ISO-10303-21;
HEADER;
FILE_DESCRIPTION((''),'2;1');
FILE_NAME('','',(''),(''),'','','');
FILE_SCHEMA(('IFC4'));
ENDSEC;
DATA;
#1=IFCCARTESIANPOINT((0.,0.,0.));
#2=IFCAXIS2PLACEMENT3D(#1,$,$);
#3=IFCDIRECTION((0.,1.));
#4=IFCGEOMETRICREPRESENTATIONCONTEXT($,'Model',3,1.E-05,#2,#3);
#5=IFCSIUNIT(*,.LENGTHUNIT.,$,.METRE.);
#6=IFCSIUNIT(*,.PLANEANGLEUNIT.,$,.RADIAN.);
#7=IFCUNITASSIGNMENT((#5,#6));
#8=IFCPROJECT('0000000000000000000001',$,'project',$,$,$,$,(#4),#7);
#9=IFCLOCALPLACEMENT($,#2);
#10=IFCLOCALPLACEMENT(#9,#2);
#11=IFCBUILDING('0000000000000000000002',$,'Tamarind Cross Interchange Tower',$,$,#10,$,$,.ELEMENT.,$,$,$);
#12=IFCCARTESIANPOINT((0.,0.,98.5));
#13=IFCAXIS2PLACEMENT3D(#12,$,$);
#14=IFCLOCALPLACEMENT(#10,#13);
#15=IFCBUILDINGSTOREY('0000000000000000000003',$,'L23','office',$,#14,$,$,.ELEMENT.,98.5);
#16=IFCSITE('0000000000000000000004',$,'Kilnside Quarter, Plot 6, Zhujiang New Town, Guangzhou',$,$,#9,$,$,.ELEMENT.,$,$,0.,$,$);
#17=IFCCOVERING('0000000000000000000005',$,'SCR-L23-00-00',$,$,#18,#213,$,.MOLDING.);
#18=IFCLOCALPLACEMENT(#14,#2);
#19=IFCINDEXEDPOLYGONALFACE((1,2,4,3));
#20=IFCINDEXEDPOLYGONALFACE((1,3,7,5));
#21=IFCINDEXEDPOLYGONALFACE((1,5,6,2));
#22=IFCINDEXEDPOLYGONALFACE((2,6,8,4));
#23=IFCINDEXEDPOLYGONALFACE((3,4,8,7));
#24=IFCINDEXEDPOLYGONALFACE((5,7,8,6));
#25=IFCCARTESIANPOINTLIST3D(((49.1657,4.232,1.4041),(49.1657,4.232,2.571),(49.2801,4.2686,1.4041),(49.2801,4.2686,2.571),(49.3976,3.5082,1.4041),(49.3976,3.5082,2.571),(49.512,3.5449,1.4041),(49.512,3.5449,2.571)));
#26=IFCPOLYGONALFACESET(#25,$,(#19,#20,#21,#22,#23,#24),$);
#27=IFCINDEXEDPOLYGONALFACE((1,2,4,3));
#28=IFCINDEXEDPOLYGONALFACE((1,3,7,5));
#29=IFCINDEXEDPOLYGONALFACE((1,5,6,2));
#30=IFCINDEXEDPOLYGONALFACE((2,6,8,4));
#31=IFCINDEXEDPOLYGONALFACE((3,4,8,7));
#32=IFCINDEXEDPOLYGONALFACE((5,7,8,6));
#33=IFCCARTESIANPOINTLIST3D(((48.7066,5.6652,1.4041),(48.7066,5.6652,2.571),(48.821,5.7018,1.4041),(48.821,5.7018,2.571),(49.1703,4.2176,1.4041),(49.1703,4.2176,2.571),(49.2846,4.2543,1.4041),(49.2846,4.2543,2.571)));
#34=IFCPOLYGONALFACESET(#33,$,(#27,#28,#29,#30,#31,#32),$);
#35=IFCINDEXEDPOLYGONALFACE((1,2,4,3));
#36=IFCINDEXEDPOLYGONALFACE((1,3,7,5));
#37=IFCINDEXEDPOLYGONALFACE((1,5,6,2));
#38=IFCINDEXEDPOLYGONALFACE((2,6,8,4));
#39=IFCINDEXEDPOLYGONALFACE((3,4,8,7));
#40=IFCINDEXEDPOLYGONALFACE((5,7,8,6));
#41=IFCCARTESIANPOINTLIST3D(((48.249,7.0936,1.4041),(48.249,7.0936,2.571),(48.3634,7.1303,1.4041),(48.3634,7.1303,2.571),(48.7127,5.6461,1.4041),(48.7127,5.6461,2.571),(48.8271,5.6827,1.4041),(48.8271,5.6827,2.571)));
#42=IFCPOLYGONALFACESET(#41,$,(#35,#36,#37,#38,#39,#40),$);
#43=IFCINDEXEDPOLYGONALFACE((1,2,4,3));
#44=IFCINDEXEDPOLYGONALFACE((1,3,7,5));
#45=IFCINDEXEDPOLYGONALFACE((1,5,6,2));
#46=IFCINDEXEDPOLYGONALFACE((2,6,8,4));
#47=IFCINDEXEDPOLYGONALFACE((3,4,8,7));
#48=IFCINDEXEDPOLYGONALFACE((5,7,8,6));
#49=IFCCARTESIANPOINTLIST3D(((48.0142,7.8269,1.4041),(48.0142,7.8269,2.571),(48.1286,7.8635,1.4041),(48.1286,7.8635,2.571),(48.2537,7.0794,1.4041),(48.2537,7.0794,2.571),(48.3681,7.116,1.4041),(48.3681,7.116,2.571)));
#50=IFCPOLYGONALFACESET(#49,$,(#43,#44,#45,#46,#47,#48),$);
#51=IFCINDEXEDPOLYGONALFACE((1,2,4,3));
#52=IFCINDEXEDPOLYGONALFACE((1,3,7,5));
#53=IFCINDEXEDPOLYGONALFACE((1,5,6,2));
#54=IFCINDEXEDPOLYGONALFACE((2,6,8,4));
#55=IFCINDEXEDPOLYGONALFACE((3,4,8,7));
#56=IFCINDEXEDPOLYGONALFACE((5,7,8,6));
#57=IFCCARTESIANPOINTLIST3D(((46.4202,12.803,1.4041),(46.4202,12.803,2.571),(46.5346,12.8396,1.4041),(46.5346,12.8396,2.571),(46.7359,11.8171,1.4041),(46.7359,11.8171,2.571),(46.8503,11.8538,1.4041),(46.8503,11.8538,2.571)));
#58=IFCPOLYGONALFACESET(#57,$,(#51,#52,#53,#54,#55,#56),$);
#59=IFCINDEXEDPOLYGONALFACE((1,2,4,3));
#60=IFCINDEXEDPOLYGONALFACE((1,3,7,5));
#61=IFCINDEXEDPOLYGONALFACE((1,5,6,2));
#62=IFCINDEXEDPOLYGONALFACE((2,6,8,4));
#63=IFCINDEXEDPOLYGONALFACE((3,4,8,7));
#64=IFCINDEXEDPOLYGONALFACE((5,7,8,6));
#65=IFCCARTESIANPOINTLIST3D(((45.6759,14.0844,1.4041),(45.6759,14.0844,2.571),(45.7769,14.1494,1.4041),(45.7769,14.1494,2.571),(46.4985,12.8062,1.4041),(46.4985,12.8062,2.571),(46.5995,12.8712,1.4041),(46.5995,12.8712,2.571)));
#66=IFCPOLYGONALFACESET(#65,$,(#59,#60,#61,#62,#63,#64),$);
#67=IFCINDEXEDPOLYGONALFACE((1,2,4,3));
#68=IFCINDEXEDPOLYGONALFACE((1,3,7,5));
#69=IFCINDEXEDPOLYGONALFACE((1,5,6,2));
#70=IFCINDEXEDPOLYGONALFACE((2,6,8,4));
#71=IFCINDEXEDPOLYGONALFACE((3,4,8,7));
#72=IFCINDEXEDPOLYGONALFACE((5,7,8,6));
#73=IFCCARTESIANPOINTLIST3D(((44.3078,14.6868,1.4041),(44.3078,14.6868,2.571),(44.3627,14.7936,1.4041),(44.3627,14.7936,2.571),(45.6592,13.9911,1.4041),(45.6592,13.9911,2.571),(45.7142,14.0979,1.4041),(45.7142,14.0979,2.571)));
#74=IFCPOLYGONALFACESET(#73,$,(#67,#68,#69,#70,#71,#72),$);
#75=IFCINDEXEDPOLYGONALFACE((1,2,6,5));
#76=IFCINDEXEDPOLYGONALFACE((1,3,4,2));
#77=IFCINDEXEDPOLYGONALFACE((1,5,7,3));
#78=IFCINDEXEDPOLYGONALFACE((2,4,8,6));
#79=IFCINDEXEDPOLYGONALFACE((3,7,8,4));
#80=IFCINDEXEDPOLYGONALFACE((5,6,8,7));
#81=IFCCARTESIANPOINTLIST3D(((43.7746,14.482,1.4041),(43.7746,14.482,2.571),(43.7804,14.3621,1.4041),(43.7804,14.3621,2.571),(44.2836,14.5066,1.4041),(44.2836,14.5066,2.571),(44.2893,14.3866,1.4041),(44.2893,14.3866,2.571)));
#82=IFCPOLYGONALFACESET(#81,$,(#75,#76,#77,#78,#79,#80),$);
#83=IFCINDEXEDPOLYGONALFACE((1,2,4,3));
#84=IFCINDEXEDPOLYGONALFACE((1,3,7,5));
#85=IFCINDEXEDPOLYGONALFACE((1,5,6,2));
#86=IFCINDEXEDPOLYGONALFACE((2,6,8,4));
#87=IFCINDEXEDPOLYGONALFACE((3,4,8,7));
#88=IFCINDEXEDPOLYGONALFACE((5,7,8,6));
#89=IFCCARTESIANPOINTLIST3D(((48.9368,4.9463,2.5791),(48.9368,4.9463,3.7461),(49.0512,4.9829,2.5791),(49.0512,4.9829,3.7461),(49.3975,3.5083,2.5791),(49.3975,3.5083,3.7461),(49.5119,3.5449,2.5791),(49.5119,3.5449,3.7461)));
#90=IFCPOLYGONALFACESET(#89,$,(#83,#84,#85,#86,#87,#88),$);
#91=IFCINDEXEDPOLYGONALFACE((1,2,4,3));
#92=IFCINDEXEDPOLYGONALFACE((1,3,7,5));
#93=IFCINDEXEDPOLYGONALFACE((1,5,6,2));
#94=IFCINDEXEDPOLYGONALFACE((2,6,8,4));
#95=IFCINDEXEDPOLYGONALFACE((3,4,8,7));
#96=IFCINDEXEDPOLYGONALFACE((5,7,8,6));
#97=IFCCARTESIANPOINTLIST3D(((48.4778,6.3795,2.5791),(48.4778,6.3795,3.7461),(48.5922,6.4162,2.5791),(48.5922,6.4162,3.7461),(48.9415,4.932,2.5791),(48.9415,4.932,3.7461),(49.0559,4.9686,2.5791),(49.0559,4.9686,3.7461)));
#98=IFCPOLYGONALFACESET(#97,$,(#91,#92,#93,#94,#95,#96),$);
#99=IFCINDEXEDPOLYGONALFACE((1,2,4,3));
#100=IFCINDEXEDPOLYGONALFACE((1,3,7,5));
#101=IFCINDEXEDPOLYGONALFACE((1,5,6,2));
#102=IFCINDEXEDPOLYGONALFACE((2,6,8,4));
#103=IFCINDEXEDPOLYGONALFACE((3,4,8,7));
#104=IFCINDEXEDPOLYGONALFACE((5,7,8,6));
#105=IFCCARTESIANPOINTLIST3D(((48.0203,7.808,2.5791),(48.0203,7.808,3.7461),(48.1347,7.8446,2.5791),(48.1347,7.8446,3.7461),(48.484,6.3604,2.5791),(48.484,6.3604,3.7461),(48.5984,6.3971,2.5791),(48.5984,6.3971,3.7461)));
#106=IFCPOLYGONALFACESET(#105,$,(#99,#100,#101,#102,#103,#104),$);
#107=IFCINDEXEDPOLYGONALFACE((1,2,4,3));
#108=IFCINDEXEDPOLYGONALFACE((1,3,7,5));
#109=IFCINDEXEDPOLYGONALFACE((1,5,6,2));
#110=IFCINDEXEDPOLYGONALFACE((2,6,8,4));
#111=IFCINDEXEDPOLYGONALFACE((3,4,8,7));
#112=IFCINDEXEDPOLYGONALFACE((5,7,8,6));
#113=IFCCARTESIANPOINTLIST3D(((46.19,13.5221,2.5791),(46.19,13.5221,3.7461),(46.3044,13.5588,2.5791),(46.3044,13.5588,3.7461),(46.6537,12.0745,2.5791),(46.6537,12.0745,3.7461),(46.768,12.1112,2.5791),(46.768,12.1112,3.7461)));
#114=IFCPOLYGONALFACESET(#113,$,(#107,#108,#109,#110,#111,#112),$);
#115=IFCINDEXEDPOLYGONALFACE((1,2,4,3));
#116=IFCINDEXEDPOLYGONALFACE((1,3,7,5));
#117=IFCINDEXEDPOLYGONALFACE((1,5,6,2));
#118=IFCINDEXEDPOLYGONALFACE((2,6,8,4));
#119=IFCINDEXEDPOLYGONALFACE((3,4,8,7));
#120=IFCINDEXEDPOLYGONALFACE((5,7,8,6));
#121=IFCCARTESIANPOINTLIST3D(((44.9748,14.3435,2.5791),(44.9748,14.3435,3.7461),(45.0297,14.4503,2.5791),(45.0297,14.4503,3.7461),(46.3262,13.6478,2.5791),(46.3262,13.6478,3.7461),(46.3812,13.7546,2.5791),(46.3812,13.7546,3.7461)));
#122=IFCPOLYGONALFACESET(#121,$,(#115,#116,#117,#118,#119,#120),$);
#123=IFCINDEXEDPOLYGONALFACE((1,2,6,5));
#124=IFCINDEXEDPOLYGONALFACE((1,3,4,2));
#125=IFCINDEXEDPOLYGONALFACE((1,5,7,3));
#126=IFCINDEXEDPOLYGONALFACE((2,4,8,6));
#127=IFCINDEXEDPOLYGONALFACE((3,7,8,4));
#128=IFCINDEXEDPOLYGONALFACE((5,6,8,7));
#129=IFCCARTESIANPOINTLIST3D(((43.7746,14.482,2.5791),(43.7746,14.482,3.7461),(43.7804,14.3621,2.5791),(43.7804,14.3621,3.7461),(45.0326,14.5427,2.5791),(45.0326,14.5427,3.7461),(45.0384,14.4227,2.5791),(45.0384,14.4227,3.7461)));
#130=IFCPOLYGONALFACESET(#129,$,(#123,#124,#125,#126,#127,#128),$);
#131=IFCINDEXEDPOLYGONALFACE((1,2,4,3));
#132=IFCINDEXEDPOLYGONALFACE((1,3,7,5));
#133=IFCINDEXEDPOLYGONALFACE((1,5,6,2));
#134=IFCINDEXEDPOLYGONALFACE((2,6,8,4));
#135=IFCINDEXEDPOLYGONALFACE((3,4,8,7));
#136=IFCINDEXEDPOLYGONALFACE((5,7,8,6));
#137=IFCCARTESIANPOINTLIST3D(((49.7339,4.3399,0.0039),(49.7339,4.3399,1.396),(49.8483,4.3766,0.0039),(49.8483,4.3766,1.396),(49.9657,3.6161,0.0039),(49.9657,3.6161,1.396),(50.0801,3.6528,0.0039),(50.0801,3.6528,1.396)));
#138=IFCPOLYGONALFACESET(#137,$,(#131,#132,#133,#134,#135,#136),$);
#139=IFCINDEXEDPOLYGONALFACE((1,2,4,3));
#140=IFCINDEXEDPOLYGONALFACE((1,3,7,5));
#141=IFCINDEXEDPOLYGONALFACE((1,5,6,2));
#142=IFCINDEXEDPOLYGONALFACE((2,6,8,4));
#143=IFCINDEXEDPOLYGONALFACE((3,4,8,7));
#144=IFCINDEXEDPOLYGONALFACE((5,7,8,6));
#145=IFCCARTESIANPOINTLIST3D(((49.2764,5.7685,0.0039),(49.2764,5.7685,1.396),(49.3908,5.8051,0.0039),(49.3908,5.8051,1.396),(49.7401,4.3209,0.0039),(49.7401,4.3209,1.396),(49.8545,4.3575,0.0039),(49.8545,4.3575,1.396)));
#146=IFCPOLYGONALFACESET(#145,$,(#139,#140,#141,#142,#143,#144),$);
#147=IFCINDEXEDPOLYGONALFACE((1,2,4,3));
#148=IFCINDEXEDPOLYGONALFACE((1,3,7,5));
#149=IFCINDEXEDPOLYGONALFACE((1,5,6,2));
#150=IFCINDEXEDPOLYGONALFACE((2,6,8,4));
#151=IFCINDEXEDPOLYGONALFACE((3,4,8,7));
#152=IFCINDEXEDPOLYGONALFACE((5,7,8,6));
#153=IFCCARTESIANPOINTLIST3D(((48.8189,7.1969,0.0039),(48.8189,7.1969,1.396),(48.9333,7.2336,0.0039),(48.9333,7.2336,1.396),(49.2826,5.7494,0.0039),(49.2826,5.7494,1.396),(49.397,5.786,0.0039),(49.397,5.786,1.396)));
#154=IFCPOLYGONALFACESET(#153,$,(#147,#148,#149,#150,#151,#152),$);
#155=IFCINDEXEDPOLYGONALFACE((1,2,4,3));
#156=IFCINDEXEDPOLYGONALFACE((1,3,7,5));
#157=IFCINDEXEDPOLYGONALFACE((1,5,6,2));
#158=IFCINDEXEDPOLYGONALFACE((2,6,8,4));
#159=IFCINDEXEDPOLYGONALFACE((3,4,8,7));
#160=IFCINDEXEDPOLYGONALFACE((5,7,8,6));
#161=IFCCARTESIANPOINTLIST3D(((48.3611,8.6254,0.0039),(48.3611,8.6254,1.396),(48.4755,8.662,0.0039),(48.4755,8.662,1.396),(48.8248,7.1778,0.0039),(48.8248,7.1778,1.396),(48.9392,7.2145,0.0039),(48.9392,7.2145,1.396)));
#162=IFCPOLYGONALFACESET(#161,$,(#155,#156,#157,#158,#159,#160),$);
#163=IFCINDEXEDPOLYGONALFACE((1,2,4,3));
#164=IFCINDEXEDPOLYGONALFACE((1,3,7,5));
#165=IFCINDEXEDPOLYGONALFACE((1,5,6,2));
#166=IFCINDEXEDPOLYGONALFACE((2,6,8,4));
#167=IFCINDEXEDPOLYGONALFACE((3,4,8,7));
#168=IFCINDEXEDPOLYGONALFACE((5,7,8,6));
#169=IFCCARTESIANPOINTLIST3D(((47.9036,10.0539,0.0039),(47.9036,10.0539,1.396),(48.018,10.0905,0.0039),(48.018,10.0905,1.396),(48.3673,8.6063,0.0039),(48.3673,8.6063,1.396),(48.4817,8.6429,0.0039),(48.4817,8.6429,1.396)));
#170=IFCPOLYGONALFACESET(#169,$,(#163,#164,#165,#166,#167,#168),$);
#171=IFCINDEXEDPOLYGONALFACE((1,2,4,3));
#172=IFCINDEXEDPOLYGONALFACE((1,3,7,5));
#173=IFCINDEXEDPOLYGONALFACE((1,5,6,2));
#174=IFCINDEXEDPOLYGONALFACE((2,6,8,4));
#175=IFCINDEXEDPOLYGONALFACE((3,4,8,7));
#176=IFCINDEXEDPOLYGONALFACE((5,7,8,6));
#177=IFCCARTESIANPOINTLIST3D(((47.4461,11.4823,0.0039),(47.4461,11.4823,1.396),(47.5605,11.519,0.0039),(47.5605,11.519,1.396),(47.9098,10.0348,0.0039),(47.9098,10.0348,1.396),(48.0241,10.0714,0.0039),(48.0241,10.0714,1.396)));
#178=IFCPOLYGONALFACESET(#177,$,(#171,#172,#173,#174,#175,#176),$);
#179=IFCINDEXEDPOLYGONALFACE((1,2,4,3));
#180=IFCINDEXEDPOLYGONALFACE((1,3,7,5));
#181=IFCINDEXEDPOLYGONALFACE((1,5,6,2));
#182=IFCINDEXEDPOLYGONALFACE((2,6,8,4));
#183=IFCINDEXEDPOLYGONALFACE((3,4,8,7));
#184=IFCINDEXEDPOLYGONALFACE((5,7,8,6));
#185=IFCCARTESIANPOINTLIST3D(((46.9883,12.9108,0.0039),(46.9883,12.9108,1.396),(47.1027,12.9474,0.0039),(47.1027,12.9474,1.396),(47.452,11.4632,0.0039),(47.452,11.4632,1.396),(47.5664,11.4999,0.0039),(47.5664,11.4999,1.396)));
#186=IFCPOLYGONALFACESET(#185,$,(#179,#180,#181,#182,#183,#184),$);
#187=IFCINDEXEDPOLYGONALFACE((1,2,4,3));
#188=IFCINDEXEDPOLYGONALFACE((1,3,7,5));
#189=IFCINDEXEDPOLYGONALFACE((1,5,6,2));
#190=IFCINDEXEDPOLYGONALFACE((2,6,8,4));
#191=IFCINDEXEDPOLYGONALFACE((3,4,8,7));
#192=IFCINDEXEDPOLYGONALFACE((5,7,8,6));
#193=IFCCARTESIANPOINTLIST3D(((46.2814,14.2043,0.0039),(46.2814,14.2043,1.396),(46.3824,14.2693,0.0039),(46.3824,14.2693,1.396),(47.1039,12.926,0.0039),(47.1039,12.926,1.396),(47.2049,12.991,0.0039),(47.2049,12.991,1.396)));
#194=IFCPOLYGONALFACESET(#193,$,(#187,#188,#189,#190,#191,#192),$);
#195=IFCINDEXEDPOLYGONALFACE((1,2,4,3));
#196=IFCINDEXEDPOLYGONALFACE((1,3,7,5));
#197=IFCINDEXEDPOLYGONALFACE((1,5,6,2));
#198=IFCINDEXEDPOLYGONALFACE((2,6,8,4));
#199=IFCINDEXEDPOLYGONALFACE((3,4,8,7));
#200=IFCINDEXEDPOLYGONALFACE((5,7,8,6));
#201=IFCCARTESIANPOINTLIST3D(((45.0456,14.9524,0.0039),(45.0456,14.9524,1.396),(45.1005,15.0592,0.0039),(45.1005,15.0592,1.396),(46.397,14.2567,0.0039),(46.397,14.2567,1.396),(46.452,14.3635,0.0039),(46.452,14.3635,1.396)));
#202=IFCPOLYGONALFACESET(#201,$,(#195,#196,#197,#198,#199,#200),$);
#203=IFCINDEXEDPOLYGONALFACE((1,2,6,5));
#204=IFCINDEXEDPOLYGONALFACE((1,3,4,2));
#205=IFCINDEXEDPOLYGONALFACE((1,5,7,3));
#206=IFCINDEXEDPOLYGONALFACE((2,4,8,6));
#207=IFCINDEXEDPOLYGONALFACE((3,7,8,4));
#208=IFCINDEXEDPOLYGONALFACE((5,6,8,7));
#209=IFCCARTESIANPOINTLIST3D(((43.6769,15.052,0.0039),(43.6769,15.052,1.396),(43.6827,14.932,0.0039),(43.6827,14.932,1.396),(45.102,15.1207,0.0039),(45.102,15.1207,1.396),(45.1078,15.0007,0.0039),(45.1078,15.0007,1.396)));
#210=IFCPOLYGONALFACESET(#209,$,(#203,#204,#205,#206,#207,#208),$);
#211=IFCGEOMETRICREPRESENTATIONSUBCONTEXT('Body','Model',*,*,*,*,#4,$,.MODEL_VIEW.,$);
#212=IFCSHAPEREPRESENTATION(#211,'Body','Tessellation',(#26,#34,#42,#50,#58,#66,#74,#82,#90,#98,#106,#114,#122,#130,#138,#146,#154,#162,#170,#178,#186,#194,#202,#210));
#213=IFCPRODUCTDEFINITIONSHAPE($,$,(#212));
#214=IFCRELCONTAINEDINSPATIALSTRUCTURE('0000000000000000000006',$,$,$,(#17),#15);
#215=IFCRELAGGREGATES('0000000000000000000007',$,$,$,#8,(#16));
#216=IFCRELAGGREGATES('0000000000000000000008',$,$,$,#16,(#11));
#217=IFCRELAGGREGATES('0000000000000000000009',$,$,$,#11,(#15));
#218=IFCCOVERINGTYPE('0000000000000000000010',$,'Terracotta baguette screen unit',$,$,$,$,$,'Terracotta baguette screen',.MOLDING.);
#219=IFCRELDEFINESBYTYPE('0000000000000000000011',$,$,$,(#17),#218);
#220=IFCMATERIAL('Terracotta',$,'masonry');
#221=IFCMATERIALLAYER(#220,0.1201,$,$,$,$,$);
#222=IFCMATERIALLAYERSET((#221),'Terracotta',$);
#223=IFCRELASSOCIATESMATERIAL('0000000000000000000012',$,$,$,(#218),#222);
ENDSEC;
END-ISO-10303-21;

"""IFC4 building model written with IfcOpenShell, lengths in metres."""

from ifc_helpers import new_model, si_unit, direction, frame, origin, origin_2d, place, context, subcontext, project, spatial, rectangle, extrude, material, layer, layer_set, type_object, element, save


model = new_model("IFC4")

# Units and contexts
model_context = context("Model", 3, precision=1e-05, world=origin(), true_north=direction((0.0, 1.0)))
body_context = subcontext(model_context, "Body", "Model", "MODEL_VIEW")
ifc_project = project(units=[si_unit("LENGTHUNIT", "METRE"), si_unit("PLANEANGLEUNIT", "RADIAN")], contexts=[model_context])

# Site, building, storey
site_placement = place(None, origin())
site = spatial("IfcSite", under=ifc_project, at=site_placement, Name="Kilnside Quarter, Plot 6, Zhujiang New Town, Guangzhou", CompositionType="ELEMENT", RefElevation=0.0)
building_placement = place(site_placement, origin())
building = spatial("IfcBuilding", under=site, at=building_placement, Name="Tamarind Cross Interchange Tower", CompositionType="ELEMENT")
storey_placement = place(building_placement, frame((0.0, 0.0, 98.5)))
storey = spatial("IfcBuildingStorey", under=building, at=storey_placement, Name="L23", Description="office", CompositionType="ELEMENT", Elevation=98.5)

# Covering
ifc_material_1 = material(Name="Terracotta", Category="masonry")
ifc_layer_1 = layer(ifc_material_1, 0.1201)
ifc_layer_set_1 = layer_set([ifc_layer_1], Name="Terracotta")
covering_type = type_object("IfcCoveringType", Name="Terracotta baguette screen unit", ElementType="Terracotta baguette screen", PredefinedType="MOLDING", material=ifc_layer_set_1)
covering_1_placement = place(storey_placement, origin())
element("IfcCovering", 1, at=covering_1_placement, inside=storey, type_object=covering_type, Name="SCR-L23-00-00", PredefinedType="MOLDING", context=body_context, shape_type="SweptSolid", body=[
    extrude(rectangle(XDim=0.76, YDim=0.1201, at=origin_2d()), frame((49.3389, 3.8884, 1.4041), z_axis=(0.0, 0.0, 1.0), x_axis=(-0.305057, 0.952334, 0.0)), (0.0, 0.0, 1.0), 1.167),
    extrude(rectangle(XDim=1.52, YDim=0.1201, at=origin_2d()), frame((48.9956, 4.9597, 1.4041), z_axis=(0.0, 0.0, 1.0), x_axis=(-0.305057, 0.952334, 0.0)), (0.0, 0.0, 1.0), 1.167),
    extrude(rectangle(XDim=1.52, YDim=0.1201, at=origin_2d()), frame((48.5381, 6.3882, 1.4041), z_axis=(0.0, 0.0, 1.0), x_axis=(-0.305057, 0.952334, 0.0)), (0.0, 0.0, 1.0), 1.167),
    extrude(rectangle(XDim=0.7849, YDim=0.1201, at=origin_2d()), frame((48.1912, 7.4714, 1.4041), z_axis=(0.0, 0.0, 1.0), x_axis=(-0.305057, 0.952334, 0.0)), (0.0, 0.0, 1.0), 1.167),
    extrude(rectangle(XDim=1.0352, YDim=0.1201, at=origin_2d()), frame((46.6353, 12.3284, 1.4041), z_axis=(0.0, 0.0, 1.0), x_axis=(-0.305057, 0.952334, 0.0)), (0.0, 0.0, 1.0), 1.167),
    extrude(rectangle(XDim=1.52, YDim=0.1201, at=origin_2d()), frame((46.1377, 13.4778, 1.4041), z_axis=(0.0, 0.0, 1.0), x_axis=(-0.541145, 0.840929, 0.0)), (0.0, 0.0, 1.0), 1.167),
    extrude(rectangle(XDim=1.52, YDim=0.1201, at=origin_2d()), frame((45.011, 14.3923, 1.4041), z_axis=(0.0, 0.0, 1.0), x_axis=(-0.88911, 0.457694, 0.0)), (0.0, 0.0, 1.0), 1.167),
    extrude(rectangle(XDim=0.5095, YDim=0.1201, at=origin_2d()), frame((44.032, 14.4343, 1.4041), z_axis=(0.0, 0.0, 1.0), x_axis=(-0.998839, -0.04818, 0.0)), (0.0, 0.0, 1.0), 1.167),
    extrude(rectangle(XDim=1.51, YDim=0.1201, at=origin_2d()), frame((49.2244, 4.2456, 2.5791), z_axis=(0.0, 0.0, 1.0), x_axis=(-0.305057, 0.952334, 0.0)), (0.0, 0.0, 1.0), 1.167),
    extrude(rectangle(XDim=1.52, YDim=0.1201, at=origin_2d()), frame((48.7668, 5.6741, 2.5791), z_axis=(0.0, 0.0, 1.0), x_axis=(-0.305057, 0.952334, 0.0)), (0.0, 0.0, 1.0), 1.167),
    extrude(rectangle(XDim=1.52, YDim=0.1201, at=origin_2d()), frame((48.3093, 7.1025, 2.5791), z_axis=(0.0, 0.0, 1.0), x_axis=(-0.305057, 0.952334, 0.0)), (0.0, 0.0, 1.0), 1.167),
    extrude(rectangle(XDim=1.52, YDim=0.1201, at=origin_2d()), frame((46.479, 12.8167, 2.5791), z_axis=(0.0, 0.0, 1.0), x_axis=(-0.305057, 0.952334, 0.0)), (0.0, 0.0, 1.0), 1.167),
    extrude(rectangle(XDim=1.52, YDim=0.1201, at=origin_2d()), frame((45.678, 14.0491, 2.5791), z_axis=(0.0, 0.0, 1.0), x_axis=(-0.88911, 0.457694, 0.0)), (0.0, 0.0, 1.0), 1.167),
    extrude(rectangle(XDim=1.2595, YDim=0.1201, at=origin_2d()), frame((44.4065, 14.4524, 2.5791), z_axis=(0.0, 0.0, 1.0), x_axis=(-0.998839, -0.04818, 0.0)), (0.0, 0.0, 1.0), 1.167),
    extrude(rectangle(XDim=0.76, YDim=0.1201, at=origin_2d()), frame((49.907, 3.9963, 0.0039), z_axis=(0.0, 0.0, 1.0), x_axis=(-0.305057, 0.952334, 0.0)), (0.0, 0.0, 1.0), 1.3921),
    extrude(rectangle(XDim=1.52, YDim=0.1201, at=origin_2d()), frame((49.5654, 5.063, 0.0039), z_axis=(0.0, 0.0, 1.0), x_axis=(-0.305057, 0.952334, 0.0)), (0.0, 0.0, 1.0), 1.3921),
    extrude(rectangle(XDim=1.52, YDim=0.1201, at=origin_2d()), frame((49.1079, 6.4915, 0.0039), z_axis=(0.0, 0.0, 1.0), x_axis=(-0.305057, 0.952334, 0.0)), (0.0, 0.0, 1.0), 1.3921),
    extrude(rectangle(XDim=1.52, YDim=0.1201, at=origin_2d()), frame((48.6501, 7.9199, 0.0039), z_axis=(0.0, 0.0, 1.0), x_axis=(-0.305057, 0.952334, 0.0)), (0.0, 0.0, 1.0), 1.3921),
    extrude(rectangle(XDim=1.52, YDim=0.1201, at=origin_2d()), frame((48.1926, 9.3484, 0.0039), z_axis=(0.0, 0.0, 1.0), x_axis=(-0.305057, 0.952334, 0.0)), (0.0, 0.0, 1.0), 1.3921),
    extrude(rectangle(XDim=1.52, YDim=0.1201, at=origin_2d()), frame((47.7351, 10.7769, 0.0039), z_axis=(0.0, 0.0, 1.0), x_axis=(-0.305057, 0.952334, 0.0)), (0.0, 0.0, 1.0), 1.3921),
    extrude(rectangle(XDim=1.52, YDim=0.1201, at=origin_2d()), frame((47.2773, 12.2053, 0.0039), z_axis=(0.0, 0.0, 1.0), x_axis=(-0.305057, 0.952334, 0.0)), (0.0, 0.0, 1.0), 1.3921),
    extrude(rectangle(XDim=1.52, YDim=0.1201, at=origin_2d()), frame((46.7432, 13.5977, 0.0039), z_axis=(0.0, 0.0, 1.0), x_axis=(-0.541145, 0.840929, 0.0)), (0.0, 0.0, 1.0), 1.3921),
    extrude(rectangle(XDim=1.52, YDim=0.1201, at=origin_2d()), frame((45.7488, 14.658, 0.0039), z_axis=(0.0, 0.0, 1.0), x_axis=(-0.88911, 0.457694, 0.0)), (0.0, 0.0, 1.0), 1.3921),
    extrude(rectangle(XDim=1.4268, YDim=0.1201, at=origin_2d()), frame((44.3923, 15.0264, 0.0039), z_axis=(0.0, 0.0, 1.0), x_axis=(-0.998839, -0.04818, 0.0)), (0.0, 0.0, 1.0), 1.3921),
])

save(model, "model.ifc")
